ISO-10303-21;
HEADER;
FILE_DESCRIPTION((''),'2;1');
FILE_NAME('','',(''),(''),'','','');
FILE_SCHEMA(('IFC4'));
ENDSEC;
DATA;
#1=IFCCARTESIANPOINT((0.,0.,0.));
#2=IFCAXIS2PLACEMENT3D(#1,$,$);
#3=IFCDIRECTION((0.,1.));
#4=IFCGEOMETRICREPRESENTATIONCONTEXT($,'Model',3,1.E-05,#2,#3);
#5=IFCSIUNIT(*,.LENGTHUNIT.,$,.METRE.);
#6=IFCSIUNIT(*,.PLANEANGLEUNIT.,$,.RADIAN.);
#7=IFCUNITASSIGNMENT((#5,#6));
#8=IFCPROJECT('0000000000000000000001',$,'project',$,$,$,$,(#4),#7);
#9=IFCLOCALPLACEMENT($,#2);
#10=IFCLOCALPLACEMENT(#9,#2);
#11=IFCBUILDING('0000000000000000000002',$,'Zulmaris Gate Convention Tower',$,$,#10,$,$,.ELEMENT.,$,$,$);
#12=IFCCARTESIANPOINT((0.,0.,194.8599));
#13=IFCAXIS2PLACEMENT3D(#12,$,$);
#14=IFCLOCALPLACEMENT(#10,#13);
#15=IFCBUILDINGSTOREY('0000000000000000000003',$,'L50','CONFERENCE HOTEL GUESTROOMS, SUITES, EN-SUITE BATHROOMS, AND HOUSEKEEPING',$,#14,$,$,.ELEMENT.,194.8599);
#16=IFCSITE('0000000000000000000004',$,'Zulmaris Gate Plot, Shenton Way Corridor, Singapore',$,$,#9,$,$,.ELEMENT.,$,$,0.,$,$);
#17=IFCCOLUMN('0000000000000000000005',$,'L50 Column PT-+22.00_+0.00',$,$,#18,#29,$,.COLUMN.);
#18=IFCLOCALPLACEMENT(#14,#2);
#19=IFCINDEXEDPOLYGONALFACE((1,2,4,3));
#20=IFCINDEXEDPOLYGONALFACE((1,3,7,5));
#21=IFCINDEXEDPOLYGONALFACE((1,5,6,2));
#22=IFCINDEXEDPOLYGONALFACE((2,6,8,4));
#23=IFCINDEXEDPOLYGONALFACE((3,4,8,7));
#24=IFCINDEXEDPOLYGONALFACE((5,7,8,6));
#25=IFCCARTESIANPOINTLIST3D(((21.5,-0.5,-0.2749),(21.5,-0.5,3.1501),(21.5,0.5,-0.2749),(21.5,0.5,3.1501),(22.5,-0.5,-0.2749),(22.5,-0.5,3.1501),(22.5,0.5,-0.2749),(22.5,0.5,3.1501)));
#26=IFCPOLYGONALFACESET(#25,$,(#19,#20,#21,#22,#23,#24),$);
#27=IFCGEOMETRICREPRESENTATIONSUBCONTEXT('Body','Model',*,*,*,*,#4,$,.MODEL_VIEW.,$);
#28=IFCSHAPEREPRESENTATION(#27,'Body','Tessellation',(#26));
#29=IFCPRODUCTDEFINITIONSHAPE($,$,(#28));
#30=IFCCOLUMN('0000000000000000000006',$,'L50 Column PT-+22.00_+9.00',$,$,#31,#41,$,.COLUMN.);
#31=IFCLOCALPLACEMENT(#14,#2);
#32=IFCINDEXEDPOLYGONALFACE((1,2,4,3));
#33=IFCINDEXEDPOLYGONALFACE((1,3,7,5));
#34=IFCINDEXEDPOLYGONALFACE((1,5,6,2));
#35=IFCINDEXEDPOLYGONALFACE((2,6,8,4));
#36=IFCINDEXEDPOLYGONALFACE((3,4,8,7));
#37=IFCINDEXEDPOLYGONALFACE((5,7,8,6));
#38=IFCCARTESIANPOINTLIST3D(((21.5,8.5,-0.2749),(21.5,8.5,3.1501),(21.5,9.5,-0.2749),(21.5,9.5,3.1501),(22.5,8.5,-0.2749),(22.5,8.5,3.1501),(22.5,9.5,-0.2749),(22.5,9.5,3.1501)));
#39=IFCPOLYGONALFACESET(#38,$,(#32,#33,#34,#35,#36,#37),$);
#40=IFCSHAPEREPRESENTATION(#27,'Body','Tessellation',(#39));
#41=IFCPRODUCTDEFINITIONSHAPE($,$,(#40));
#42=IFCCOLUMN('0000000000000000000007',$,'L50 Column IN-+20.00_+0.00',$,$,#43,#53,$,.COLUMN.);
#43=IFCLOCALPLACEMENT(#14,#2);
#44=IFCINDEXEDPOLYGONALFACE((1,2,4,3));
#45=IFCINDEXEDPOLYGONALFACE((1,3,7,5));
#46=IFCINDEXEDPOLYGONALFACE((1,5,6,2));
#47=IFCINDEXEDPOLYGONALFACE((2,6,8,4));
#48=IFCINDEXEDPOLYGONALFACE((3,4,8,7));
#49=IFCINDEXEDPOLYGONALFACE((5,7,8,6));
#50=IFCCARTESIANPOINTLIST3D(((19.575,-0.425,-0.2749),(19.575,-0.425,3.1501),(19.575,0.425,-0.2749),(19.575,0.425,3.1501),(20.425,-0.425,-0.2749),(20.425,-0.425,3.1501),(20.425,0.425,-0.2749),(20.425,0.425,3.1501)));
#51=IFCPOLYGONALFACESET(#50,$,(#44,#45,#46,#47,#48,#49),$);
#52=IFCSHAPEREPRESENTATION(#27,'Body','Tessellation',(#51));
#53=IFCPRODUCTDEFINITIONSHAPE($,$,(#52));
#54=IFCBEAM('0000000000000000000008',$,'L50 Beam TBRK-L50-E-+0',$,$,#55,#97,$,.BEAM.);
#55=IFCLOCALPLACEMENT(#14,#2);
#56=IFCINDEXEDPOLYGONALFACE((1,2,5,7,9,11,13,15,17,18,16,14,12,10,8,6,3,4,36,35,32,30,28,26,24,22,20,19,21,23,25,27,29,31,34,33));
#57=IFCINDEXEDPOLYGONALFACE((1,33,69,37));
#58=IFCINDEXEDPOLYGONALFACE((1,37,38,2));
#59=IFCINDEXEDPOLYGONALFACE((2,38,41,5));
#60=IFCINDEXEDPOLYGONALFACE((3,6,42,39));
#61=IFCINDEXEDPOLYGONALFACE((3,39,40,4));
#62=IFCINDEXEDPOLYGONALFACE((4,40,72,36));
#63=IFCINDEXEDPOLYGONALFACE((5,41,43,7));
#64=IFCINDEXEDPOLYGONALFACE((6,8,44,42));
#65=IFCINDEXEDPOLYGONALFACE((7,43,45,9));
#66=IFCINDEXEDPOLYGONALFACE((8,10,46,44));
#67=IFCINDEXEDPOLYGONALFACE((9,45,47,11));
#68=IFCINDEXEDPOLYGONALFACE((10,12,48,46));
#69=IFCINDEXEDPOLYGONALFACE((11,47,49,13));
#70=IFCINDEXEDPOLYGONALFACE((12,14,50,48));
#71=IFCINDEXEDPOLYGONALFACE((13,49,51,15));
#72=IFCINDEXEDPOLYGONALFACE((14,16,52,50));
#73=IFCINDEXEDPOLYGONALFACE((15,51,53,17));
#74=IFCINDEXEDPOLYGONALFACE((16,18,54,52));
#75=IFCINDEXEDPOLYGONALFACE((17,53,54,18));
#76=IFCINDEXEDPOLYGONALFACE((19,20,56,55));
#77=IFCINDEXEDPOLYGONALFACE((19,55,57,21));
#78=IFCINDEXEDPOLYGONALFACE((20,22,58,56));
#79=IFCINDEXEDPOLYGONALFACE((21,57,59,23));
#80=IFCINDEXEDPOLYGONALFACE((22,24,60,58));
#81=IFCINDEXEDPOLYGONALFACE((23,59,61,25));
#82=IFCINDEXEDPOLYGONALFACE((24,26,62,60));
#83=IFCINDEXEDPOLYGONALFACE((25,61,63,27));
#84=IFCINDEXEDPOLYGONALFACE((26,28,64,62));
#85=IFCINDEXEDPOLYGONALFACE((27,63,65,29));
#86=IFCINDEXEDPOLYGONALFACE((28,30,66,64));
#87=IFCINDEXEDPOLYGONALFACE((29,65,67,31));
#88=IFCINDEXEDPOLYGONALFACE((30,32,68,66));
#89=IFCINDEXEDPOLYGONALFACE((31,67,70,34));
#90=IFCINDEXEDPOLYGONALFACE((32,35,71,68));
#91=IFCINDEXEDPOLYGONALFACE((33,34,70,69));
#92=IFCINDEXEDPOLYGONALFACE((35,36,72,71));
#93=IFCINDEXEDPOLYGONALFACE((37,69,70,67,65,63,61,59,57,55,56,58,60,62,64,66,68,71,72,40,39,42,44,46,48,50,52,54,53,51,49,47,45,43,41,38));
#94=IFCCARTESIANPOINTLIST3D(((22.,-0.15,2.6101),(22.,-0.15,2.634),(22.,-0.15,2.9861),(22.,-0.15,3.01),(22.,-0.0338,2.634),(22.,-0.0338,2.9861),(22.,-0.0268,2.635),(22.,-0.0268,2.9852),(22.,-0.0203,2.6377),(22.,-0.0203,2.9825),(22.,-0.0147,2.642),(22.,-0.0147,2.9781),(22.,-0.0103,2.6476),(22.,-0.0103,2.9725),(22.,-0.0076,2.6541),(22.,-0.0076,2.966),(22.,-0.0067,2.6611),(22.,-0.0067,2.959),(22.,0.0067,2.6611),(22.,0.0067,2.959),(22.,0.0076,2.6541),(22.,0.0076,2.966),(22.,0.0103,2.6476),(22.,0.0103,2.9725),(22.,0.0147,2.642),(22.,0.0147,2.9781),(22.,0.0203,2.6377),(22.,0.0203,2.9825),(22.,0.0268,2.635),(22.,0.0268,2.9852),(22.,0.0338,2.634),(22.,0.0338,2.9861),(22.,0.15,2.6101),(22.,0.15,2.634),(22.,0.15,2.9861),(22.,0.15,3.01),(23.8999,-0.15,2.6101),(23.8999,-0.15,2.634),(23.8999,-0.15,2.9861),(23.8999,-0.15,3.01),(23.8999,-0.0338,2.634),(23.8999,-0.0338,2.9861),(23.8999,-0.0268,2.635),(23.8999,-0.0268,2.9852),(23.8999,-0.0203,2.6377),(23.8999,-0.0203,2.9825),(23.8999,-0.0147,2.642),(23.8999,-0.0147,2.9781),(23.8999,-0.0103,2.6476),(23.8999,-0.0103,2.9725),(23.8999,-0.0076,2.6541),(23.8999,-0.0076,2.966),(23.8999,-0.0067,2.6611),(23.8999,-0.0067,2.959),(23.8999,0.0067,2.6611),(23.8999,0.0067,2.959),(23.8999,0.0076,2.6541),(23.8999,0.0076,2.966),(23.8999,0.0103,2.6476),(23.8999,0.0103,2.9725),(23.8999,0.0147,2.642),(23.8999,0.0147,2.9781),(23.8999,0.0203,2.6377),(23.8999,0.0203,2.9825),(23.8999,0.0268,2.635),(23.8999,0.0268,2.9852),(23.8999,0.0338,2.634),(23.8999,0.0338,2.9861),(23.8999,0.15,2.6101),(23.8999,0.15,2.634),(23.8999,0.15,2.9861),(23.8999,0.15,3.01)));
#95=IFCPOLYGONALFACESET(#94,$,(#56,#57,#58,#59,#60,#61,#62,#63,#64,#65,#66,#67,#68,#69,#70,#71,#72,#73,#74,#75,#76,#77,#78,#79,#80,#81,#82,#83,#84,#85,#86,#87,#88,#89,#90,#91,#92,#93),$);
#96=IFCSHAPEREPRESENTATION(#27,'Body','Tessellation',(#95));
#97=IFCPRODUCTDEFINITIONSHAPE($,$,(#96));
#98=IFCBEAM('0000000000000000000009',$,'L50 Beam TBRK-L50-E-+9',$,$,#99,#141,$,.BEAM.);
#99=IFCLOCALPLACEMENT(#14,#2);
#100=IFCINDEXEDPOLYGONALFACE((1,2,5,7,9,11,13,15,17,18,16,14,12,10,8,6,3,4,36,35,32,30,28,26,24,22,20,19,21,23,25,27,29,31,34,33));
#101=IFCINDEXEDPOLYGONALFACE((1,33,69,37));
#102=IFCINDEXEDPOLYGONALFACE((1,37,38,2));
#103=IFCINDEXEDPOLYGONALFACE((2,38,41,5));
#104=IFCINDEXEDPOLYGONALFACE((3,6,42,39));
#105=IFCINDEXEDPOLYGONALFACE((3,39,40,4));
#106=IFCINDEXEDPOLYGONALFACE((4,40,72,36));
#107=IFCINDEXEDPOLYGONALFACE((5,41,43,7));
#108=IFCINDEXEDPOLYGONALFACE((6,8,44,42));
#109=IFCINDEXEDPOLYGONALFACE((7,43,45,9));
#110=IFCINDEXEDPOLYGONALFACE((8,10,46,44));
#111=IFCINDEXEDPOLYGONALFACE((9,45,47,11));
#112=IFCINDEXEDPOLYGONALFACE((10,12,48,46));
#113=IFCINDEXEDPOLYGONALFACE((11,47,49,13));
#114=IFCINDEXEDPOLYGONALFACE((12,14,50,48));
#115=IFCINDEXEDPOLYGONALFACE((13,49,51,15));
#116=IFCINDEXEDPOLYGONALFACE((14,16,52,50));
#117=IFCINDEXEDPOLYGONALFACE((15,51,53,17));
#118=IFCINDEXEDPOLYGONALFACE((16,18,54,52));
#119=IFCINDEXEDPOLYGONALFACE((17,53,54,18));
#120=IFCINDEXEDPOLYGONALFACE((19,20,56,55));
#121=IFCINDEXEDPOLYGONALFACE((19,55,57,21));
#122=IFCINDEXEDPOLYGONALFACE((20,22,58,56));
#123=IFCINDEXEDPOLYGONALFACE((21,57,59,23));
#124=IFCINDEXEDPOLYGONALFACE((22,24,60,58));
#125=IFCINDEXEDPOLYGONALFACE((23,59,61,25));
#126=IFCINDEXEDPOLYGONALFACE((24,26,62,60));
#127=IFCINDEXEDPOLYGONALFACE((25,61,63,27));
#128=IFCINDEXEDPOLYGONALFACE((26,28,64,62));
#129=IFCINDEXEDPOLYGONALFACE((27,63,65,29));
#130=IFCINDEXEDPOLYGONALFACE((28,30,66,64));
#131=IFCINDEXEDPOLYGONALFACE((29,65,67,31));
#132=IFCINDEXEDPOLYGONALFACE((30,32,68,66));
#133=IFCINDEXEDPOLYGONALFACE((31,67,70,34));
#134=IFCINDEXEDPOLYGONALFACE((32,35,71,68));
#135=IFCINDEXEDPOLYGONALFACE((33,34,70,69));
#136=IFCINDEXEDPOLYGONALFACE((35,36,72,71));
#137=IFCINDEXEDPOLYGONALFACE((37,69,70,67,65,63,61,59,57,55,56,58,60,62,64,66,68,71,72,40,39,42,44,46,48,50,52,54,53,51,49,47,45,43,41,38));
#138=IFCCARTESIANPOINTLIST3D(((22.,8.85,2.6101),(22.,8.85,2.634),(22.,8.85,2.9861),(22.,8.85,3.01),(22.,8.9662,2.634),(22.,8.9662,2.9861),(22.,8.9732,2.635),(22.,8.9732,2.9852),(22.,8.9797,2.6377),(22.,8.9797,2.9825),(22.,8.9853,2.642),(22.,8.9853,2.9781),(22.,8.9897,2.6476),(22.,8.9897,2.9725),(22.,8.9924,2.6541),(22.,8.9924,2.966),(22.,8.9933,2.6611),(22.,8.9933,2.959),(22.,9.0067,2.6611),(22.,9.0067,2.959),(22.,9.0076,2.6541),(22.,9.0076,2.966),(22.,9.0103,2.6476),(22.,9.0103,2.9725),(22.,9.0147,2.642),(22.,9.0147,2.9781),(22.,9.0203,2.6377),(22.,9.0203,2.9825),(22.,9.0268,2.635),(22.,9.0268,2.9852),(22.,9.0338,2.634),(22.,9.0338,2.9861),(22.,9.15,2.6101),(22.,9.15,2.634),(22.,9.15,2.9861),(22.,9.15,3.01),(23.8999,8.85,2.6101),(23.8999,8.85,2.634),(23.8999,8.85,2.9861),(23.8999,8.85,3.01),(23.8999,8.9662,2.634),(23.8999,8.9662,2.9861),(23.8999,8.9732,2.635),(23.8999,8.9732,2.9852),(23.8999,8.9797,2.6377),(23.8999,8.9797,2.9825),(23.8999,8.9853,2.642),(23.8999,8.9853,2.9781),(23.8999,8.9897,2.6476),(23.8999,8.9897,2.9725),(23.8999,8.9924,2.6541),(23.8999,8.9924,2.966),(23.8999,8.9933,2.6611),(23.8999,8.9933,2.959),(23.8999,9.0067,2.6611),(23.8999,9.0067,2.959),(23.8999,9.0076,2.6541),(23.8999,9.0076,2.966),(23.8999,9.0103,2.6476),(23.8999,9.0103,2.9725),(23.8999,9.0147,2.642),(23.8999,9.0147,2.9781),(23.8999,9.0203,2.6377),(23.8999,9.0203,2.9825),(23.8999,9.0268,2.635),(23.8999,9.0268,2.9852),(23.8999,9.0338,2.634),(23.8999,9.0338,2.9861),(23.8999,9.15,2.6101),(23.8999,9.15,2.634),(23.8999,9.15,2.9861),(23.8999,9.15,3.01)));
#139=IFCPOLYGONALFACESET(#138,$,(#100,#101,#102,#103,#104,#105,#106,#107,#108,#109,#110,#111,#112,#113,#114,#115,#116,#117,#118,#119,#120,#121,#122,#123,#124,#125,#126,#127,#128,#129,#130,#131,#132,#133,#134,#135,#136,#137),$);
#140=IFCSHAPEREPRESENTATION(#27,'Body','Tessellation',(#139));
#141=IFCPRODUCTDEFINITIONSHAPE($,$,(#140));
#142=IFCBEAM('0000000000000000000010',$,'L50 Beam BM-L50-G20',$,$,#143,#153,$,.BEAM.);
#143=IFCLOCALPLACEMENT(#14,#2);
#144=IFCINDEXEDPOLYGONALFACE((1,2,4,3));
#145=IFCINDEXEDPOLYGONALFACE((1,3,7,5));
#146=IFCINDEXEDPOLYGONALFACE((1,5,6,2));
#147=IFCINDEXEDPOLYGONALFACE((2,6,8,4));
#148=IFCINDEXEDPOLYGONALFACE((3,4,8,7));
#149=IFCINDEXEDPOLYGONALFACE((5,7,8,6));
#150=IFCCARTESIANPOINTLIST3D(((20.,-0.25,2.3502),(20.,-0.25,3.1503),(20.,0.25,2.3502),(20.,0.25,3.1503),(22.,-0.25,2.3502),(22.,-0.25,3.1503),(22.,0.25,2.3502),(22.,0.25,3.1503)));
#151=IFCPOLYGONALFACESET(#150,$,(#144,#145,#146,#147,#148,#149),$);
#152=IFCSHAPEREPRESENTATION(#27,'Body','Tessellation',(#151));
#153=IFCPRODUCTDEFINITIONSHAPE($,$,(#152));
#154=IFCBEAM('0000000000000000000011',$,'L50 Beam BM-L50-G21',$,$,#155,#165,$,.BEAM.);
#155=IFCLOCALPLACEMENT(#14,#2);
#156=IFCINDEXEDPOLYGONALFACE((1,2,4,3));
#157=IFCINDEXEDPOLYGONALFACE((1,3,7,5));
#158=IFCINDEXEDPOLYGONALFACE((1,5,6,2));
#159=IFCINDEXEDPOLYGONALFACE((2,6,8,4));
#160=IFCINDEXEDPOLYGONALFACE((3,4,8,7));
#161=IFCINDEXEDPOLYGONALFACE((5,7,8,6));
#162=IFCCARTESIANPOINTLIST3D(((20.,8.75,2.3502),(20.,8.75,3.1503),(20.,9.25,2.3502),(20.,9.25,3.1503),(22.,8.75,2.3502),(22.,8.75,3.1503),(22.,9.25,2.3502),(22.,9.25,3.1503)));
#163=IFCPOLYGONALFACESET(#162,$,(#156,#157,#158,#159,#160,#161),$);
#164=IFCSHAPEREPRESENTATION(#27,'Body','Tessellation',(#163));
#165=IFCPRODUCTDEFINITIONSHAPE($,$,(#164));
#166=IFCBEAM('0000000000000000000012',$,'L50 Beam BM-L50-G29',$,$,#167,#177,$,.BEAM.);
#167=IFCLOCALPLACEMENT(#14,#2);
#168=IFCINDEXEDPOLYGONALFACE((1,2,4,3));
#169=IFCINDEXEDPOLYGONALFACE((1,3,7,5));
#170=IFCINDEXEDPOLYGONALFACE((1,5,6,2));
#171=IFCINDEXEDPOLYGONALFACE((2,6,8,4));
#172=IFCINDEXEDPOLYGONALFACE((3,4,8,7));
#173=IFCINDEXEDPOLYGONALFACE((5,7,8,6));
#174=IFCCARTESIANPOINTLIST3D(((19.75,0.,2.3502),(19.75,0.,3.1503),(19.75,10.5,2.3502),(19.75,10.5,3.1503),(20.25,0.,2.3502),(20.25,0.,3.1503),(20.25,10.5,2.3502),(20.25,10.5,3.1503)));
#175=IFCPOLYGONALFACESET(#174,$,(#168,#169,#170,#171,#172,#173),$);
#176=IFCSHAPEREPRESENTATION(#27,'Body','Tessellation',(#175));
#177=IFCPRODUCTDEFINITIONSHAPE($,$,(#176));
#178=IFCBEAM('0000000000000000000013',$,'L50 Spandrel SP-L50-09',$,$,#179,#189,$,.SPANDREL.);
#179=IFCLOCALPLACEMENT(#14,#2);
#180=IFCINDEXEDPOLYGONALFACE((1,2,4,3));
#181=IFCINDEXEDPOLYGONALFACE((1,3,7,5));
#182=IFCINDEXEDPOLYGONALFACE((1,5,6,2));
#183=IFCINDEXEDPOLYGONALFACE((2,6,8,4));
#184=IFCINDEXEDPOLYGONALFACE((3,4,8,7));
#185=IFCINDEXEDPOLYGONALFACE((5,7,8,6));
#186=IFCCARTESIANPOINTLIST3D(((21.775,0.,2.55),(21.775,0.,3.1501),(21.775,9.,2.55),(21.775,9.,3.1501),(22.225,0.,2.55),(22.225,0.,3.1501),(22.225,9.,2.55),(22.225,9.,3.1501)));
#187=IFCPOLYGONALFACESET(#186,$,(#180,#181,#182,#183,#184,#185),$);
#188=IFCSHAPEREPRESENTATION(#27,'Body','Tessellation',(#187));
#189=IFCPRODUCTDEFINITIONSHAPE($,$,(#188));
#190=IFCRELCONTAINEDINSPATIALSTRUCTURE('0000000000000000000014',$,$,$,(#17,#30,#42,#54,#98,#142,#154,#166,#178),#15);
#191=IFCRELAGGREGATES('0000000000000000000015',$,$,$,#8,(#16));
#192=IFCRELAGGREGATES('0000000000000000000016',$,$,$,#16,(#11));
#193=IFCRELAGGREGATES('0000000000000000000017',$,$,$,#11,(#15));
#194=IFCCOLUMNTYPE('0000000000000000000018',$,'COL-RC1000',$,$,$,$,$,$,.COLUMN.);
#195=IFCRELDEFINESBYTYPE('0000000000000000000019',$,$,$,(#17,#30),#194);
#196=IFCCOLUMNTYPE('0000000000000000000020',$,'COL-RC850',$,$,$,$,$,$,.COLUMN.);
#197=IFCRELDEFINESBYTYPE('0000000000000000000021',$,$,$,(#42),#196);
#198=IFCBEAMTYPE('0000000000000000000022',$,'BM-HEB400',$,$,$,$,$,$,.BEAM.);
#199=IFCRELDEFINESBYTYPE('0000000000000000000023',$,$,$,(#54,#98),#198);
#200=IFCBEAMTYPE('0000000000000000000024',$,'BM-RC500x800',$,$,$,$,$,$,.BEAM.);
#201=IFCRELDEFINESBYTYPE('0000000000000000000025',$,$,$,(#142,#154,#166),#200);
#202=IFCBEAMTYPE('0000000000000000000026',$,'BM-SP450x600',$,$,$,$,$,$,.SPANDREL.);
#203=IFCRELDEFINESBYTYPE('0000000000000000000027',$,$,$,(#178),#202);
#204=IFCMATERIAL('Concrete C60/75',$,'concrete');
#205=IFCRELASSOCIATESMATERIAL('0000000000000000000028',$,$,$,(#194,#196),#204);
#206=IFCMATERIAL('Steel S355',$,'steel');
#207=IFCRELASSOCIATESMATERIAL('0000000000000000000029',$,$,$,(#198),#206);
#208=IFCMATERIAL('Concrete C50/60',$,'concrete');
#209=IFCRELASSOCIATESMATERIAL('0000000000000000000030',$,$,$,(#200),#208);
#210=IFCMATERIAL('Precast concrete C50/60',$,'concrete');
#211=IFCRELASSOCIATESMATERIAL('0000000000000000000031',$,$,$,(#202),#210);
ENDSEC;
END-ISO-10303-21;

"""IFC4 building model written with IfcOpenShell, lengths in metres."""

from ifc_helpers import new_model, si_unit, direction, frame, origin, origin_2d, place, context, subcontext, project, spatial, rectangle, i_section, extrude, material, material_profile, profile_set, type_object, element, save


model = new_model("IFC4")

# Units and contexts
model_context = context("Model", 3, precision=1e-05, world=origin(), true_north=direction((0.0, 1.0)))
body_context = subcontext(model_context, "Body", "Model", "MODEL_VIEW")
ifc_project = project(units=[si_unit("LENGTHUNIT", "METRE"), si_unit("PLANEANGLEUNIT", "RADIAN")], contexts=[model_context])

# Site, building, storey
site_placement = place(None, origin())
site = spatial("IfcSite", under=ifc_project, at=site_placement, Name="Zulmaris Gate Plot, Shenton Way Corridor, Singapore", CompositionType="ELEMENT", RefElevation=0.0)
building_placement = place(site_placement, origin())
building = spatial("IfcBuilding", under=site, at=building_placement, Name="Zulmaris Gate Convention Tower", CompositionType="ELEMENT")
storey_placement = place(building_placement, frame((0.0, 0.0, 194.8599)))
storey = spatial("IfcBuildingStorey", under=building, at=storey_placement, Name="L50", Description="CONFERENCE HOTEL GUESTROOMS, SUITES, EN-SUITE BATHROOMS, AND HOUSEKEEPING", CompositionType="ELEMENT", Elevation=194.8599)

# Columns
ifc_material_1 = material(Name="Concrete C60/75", Category="concrete")
ifc_material_profile_1 = material_profile(ifc_material_1, rectangle(XDim=1.0, YDim=1.0, at=origin_2d()), Name="RC COL 1000x1000")
ifc_profile_set_1 = profile_set([ifc_material_profile_1], Name="Concrete C60/75")
column_type_1 = type_object("IfcColumnType", Name="COL-RC1000", PredefinedType="COLUMN", material=ifc_profile_set_1)
for number, where, z_axis, x_axis, name in (
    (1, (22.0, 0.0, -0.2749), (0.0, 0.0, 1.0), (1.0, 0.0, 0.0), "L50 Column PT-+22.00_+0.00"),
    (2, (22.0, 9.0, -0.2749), (0.0, 0.0, 1.0), (1.0, 0.0, 0.0), "L50 Column PT-+22.00_+9.00"),
):
    element("IfcColumn", number, at=place(storey_placement, frame(where, z_axis=z_axis, x_axis=x_axis)), inside=storey, type_object=column_type_1, Name=name, PredefinedType="COLUMN", context=body_context, shape_type="SweptSolid", body=[
        extrude(rectangle(XDim=1.0, YDim=1.0, at=origin_2d()), origin(), (0.0, 0.0, 1.0), 3.425),
    ])
ifc_material_profile_2 = material_profile(ifc_material_1, rectangle(XDim=0.8501, YDim=0.8501, at=origin_2d()), Name="RC COL 850x850")
ifc_profile_set_2 = profile_set([ifc_material_profile_2], Name="Concrete C60/75")
column_type_2 = type_object("IfcColumnType", Name="COL-RC850", PredefinedType="COLUMN", material=ifc_profile_set_2)
column_placement = place(storey_placement, frame((20.0, 0.0, -0.2749), z_axis=(0.0, 0.0, 1.0), x_axis=(1.0, 0.0, 0.0)))
element("IfcColumn", 3, at=column_placement, inside=storey, type_object=column_type_2, Name="L50 Column IN-+20.00_+0.00", PredefinedType="COLUMN", context=body_context, shape_type="SweptSolid", body=[
    extrude(rectangle(XDim=0.8501, YDim=0.8501, at=origin_2d()), origin(), (0.0, 0.0, 1.0), 3.425),
])

# Beams
ifc_material_2 = material(Name="Steel S355", Category="steel")
ifc_material_profile_3 = material_profile(ifc_material_2, i_section(OverallWidth=0.3, OverallDepth=0.3999, WebThickness=0.0134, FlangeThickness=0.0239, FilletRadius=0.0271, at=origin_2d()), Name="HEB 400")
ifc_profile_set_3 = profile_set([ifc_material_profile_3], Name="Steel S355")
beam_type_1 = type_object("IfcBeamType", Name="BM-HEB400", PredefinedType="BEAM", material=ifc_profile_set_3)
for number, where, z_axis, x_axis, name in (
    (4, (22.0, 0.0, 2.8101), (1.0, 0.0, 0.0), (0.0, 1.0, 0.0), "L50 Beam TBRK-L50-E-+0"),
    (5, (22.0, 9.0, 2.8101), (1.0, 0.0, 0.0), (0.0, 1.0, 0.0), "L50 Beam TBRK-L50-E-+9"),
):
    element("IfcBeam", number, at=place(storey_placement, frame(where, z_axis=z_axis, x_axis=x_axis)), inside=storey, type_object=beam_type_1, Name=name, PredefinedType="BEAM", context=body_context, shape_type="SweptSolid", body=[
        extrude(i_section(OverallWidth=0.3, OverallDepth=0.3999, WebThickness=0.0134, FlangeThickness=0.0239, FilletRadius=0.0271, at=origin_2d()), origin(), (0.0, 0.0, 1.0), 1.8999),
    ])
ifc_material_3 = material(Name="Concrete C50/60", Category="concrete")
ifc_material_profile_4 = material_profile(ifc_material_3, rectangle(XDim=0.5, YDim=0.8, at=origin_2d()), Name="RC BEAM 500x800")
ifc_profile_set_4 = profile_set([ifc_material_profile_4], Name="Concrete C50/60")
beam_type_2 = type_object("IfcBeamType", Name="BM-RC500x800", PredefinedType="BEAM", material=ifc_profile_set_4)
for number, where, z_axis, x_axis, name in (
    (6, (20.0, 0.0, 2.7502), (1.0, 0.0, 0.0), (0.0, 1.0, 0.0), "L50 Beam BM-L50-G20"),
    (7, (20.0, 9.0, 2.7502), (1.0, 0.0, 0.0), (0.0, 1.0, 0.0), "L50 Beam BM-L50-G21"),
):
    element("IfcBeam", number, at=place(storey_placement, frame(where, z_axis=z_axis, x_axis=x_axis)), inside=storey, type_object=beam_type_2, Name=name, PredefinedType="BEAM", context=body_context, shape_type="SweptSolid", body=[
        extrude(rectangle(XDim=0.5, YDim=0.8, at=origin_2d()), origin(), (0.0, 0.0, 1.0), 2.0),
    ])
beam_1_placement = place(storey_placement, frame((20.0, 0.0, 2.7502), z_axis=(0.0, 1.0, 0.0), x_axis=(-1.0, 0.0, 0.0)))
element("IfcBeam", 8, at=beam_1_placement, inside=storey, type_object=beam_type_2, Name="L50 Beam BM-L50-G29", PredefinedType="BEAM", context=body_context, shape_type="SweptSolid", body=[
    extrude(rectangle(XDim=0.5, YDim=0.8, at=origin_2d()), origin(), (0.0, 0.0, 1.0), 10.5),
])
ifc_material_4 = material(Name="Precast concrete C50/60", Category="concrete")
ifc_material_profile_5 = material_profile(ifc_material_4, rectangle(XDim=0.45, YDim=0.6001, at=origin_2d()), Name="RC SPANDREL 450x600")
ifc_profile_set_5 = profile_set([ifc_material_profile_5], Name="Precast concrete C50/60")
beam_type_3 = type_object("IfcBeamType", Name="BM-SP450x600", PredefinedType="SPANDREL", material=ifc_profile_set_5)
beam_2_placement = place(storey_placement, frame((22.0, 0.0, 2.8501), z_axis=(0.0, 1.0, 0.0), x_axis=(-1.0, 0.0, 0.0)))
element("IfcBeam", 9, at=beam_2_placement, inside=storey, type_object=beam_type_3, Name="L50 Spandrel SP-L50-09", PredefinedType="SPANDREL", context=body_context, shape_type="SweptSolid", body=[
    extrude(rectangle(XDim=0.45, YDim=0.6001, at=origin_2d()), origin(), (0.0, 0.0, 1.0), 9.0),
])

save(model, "model.ifc")
